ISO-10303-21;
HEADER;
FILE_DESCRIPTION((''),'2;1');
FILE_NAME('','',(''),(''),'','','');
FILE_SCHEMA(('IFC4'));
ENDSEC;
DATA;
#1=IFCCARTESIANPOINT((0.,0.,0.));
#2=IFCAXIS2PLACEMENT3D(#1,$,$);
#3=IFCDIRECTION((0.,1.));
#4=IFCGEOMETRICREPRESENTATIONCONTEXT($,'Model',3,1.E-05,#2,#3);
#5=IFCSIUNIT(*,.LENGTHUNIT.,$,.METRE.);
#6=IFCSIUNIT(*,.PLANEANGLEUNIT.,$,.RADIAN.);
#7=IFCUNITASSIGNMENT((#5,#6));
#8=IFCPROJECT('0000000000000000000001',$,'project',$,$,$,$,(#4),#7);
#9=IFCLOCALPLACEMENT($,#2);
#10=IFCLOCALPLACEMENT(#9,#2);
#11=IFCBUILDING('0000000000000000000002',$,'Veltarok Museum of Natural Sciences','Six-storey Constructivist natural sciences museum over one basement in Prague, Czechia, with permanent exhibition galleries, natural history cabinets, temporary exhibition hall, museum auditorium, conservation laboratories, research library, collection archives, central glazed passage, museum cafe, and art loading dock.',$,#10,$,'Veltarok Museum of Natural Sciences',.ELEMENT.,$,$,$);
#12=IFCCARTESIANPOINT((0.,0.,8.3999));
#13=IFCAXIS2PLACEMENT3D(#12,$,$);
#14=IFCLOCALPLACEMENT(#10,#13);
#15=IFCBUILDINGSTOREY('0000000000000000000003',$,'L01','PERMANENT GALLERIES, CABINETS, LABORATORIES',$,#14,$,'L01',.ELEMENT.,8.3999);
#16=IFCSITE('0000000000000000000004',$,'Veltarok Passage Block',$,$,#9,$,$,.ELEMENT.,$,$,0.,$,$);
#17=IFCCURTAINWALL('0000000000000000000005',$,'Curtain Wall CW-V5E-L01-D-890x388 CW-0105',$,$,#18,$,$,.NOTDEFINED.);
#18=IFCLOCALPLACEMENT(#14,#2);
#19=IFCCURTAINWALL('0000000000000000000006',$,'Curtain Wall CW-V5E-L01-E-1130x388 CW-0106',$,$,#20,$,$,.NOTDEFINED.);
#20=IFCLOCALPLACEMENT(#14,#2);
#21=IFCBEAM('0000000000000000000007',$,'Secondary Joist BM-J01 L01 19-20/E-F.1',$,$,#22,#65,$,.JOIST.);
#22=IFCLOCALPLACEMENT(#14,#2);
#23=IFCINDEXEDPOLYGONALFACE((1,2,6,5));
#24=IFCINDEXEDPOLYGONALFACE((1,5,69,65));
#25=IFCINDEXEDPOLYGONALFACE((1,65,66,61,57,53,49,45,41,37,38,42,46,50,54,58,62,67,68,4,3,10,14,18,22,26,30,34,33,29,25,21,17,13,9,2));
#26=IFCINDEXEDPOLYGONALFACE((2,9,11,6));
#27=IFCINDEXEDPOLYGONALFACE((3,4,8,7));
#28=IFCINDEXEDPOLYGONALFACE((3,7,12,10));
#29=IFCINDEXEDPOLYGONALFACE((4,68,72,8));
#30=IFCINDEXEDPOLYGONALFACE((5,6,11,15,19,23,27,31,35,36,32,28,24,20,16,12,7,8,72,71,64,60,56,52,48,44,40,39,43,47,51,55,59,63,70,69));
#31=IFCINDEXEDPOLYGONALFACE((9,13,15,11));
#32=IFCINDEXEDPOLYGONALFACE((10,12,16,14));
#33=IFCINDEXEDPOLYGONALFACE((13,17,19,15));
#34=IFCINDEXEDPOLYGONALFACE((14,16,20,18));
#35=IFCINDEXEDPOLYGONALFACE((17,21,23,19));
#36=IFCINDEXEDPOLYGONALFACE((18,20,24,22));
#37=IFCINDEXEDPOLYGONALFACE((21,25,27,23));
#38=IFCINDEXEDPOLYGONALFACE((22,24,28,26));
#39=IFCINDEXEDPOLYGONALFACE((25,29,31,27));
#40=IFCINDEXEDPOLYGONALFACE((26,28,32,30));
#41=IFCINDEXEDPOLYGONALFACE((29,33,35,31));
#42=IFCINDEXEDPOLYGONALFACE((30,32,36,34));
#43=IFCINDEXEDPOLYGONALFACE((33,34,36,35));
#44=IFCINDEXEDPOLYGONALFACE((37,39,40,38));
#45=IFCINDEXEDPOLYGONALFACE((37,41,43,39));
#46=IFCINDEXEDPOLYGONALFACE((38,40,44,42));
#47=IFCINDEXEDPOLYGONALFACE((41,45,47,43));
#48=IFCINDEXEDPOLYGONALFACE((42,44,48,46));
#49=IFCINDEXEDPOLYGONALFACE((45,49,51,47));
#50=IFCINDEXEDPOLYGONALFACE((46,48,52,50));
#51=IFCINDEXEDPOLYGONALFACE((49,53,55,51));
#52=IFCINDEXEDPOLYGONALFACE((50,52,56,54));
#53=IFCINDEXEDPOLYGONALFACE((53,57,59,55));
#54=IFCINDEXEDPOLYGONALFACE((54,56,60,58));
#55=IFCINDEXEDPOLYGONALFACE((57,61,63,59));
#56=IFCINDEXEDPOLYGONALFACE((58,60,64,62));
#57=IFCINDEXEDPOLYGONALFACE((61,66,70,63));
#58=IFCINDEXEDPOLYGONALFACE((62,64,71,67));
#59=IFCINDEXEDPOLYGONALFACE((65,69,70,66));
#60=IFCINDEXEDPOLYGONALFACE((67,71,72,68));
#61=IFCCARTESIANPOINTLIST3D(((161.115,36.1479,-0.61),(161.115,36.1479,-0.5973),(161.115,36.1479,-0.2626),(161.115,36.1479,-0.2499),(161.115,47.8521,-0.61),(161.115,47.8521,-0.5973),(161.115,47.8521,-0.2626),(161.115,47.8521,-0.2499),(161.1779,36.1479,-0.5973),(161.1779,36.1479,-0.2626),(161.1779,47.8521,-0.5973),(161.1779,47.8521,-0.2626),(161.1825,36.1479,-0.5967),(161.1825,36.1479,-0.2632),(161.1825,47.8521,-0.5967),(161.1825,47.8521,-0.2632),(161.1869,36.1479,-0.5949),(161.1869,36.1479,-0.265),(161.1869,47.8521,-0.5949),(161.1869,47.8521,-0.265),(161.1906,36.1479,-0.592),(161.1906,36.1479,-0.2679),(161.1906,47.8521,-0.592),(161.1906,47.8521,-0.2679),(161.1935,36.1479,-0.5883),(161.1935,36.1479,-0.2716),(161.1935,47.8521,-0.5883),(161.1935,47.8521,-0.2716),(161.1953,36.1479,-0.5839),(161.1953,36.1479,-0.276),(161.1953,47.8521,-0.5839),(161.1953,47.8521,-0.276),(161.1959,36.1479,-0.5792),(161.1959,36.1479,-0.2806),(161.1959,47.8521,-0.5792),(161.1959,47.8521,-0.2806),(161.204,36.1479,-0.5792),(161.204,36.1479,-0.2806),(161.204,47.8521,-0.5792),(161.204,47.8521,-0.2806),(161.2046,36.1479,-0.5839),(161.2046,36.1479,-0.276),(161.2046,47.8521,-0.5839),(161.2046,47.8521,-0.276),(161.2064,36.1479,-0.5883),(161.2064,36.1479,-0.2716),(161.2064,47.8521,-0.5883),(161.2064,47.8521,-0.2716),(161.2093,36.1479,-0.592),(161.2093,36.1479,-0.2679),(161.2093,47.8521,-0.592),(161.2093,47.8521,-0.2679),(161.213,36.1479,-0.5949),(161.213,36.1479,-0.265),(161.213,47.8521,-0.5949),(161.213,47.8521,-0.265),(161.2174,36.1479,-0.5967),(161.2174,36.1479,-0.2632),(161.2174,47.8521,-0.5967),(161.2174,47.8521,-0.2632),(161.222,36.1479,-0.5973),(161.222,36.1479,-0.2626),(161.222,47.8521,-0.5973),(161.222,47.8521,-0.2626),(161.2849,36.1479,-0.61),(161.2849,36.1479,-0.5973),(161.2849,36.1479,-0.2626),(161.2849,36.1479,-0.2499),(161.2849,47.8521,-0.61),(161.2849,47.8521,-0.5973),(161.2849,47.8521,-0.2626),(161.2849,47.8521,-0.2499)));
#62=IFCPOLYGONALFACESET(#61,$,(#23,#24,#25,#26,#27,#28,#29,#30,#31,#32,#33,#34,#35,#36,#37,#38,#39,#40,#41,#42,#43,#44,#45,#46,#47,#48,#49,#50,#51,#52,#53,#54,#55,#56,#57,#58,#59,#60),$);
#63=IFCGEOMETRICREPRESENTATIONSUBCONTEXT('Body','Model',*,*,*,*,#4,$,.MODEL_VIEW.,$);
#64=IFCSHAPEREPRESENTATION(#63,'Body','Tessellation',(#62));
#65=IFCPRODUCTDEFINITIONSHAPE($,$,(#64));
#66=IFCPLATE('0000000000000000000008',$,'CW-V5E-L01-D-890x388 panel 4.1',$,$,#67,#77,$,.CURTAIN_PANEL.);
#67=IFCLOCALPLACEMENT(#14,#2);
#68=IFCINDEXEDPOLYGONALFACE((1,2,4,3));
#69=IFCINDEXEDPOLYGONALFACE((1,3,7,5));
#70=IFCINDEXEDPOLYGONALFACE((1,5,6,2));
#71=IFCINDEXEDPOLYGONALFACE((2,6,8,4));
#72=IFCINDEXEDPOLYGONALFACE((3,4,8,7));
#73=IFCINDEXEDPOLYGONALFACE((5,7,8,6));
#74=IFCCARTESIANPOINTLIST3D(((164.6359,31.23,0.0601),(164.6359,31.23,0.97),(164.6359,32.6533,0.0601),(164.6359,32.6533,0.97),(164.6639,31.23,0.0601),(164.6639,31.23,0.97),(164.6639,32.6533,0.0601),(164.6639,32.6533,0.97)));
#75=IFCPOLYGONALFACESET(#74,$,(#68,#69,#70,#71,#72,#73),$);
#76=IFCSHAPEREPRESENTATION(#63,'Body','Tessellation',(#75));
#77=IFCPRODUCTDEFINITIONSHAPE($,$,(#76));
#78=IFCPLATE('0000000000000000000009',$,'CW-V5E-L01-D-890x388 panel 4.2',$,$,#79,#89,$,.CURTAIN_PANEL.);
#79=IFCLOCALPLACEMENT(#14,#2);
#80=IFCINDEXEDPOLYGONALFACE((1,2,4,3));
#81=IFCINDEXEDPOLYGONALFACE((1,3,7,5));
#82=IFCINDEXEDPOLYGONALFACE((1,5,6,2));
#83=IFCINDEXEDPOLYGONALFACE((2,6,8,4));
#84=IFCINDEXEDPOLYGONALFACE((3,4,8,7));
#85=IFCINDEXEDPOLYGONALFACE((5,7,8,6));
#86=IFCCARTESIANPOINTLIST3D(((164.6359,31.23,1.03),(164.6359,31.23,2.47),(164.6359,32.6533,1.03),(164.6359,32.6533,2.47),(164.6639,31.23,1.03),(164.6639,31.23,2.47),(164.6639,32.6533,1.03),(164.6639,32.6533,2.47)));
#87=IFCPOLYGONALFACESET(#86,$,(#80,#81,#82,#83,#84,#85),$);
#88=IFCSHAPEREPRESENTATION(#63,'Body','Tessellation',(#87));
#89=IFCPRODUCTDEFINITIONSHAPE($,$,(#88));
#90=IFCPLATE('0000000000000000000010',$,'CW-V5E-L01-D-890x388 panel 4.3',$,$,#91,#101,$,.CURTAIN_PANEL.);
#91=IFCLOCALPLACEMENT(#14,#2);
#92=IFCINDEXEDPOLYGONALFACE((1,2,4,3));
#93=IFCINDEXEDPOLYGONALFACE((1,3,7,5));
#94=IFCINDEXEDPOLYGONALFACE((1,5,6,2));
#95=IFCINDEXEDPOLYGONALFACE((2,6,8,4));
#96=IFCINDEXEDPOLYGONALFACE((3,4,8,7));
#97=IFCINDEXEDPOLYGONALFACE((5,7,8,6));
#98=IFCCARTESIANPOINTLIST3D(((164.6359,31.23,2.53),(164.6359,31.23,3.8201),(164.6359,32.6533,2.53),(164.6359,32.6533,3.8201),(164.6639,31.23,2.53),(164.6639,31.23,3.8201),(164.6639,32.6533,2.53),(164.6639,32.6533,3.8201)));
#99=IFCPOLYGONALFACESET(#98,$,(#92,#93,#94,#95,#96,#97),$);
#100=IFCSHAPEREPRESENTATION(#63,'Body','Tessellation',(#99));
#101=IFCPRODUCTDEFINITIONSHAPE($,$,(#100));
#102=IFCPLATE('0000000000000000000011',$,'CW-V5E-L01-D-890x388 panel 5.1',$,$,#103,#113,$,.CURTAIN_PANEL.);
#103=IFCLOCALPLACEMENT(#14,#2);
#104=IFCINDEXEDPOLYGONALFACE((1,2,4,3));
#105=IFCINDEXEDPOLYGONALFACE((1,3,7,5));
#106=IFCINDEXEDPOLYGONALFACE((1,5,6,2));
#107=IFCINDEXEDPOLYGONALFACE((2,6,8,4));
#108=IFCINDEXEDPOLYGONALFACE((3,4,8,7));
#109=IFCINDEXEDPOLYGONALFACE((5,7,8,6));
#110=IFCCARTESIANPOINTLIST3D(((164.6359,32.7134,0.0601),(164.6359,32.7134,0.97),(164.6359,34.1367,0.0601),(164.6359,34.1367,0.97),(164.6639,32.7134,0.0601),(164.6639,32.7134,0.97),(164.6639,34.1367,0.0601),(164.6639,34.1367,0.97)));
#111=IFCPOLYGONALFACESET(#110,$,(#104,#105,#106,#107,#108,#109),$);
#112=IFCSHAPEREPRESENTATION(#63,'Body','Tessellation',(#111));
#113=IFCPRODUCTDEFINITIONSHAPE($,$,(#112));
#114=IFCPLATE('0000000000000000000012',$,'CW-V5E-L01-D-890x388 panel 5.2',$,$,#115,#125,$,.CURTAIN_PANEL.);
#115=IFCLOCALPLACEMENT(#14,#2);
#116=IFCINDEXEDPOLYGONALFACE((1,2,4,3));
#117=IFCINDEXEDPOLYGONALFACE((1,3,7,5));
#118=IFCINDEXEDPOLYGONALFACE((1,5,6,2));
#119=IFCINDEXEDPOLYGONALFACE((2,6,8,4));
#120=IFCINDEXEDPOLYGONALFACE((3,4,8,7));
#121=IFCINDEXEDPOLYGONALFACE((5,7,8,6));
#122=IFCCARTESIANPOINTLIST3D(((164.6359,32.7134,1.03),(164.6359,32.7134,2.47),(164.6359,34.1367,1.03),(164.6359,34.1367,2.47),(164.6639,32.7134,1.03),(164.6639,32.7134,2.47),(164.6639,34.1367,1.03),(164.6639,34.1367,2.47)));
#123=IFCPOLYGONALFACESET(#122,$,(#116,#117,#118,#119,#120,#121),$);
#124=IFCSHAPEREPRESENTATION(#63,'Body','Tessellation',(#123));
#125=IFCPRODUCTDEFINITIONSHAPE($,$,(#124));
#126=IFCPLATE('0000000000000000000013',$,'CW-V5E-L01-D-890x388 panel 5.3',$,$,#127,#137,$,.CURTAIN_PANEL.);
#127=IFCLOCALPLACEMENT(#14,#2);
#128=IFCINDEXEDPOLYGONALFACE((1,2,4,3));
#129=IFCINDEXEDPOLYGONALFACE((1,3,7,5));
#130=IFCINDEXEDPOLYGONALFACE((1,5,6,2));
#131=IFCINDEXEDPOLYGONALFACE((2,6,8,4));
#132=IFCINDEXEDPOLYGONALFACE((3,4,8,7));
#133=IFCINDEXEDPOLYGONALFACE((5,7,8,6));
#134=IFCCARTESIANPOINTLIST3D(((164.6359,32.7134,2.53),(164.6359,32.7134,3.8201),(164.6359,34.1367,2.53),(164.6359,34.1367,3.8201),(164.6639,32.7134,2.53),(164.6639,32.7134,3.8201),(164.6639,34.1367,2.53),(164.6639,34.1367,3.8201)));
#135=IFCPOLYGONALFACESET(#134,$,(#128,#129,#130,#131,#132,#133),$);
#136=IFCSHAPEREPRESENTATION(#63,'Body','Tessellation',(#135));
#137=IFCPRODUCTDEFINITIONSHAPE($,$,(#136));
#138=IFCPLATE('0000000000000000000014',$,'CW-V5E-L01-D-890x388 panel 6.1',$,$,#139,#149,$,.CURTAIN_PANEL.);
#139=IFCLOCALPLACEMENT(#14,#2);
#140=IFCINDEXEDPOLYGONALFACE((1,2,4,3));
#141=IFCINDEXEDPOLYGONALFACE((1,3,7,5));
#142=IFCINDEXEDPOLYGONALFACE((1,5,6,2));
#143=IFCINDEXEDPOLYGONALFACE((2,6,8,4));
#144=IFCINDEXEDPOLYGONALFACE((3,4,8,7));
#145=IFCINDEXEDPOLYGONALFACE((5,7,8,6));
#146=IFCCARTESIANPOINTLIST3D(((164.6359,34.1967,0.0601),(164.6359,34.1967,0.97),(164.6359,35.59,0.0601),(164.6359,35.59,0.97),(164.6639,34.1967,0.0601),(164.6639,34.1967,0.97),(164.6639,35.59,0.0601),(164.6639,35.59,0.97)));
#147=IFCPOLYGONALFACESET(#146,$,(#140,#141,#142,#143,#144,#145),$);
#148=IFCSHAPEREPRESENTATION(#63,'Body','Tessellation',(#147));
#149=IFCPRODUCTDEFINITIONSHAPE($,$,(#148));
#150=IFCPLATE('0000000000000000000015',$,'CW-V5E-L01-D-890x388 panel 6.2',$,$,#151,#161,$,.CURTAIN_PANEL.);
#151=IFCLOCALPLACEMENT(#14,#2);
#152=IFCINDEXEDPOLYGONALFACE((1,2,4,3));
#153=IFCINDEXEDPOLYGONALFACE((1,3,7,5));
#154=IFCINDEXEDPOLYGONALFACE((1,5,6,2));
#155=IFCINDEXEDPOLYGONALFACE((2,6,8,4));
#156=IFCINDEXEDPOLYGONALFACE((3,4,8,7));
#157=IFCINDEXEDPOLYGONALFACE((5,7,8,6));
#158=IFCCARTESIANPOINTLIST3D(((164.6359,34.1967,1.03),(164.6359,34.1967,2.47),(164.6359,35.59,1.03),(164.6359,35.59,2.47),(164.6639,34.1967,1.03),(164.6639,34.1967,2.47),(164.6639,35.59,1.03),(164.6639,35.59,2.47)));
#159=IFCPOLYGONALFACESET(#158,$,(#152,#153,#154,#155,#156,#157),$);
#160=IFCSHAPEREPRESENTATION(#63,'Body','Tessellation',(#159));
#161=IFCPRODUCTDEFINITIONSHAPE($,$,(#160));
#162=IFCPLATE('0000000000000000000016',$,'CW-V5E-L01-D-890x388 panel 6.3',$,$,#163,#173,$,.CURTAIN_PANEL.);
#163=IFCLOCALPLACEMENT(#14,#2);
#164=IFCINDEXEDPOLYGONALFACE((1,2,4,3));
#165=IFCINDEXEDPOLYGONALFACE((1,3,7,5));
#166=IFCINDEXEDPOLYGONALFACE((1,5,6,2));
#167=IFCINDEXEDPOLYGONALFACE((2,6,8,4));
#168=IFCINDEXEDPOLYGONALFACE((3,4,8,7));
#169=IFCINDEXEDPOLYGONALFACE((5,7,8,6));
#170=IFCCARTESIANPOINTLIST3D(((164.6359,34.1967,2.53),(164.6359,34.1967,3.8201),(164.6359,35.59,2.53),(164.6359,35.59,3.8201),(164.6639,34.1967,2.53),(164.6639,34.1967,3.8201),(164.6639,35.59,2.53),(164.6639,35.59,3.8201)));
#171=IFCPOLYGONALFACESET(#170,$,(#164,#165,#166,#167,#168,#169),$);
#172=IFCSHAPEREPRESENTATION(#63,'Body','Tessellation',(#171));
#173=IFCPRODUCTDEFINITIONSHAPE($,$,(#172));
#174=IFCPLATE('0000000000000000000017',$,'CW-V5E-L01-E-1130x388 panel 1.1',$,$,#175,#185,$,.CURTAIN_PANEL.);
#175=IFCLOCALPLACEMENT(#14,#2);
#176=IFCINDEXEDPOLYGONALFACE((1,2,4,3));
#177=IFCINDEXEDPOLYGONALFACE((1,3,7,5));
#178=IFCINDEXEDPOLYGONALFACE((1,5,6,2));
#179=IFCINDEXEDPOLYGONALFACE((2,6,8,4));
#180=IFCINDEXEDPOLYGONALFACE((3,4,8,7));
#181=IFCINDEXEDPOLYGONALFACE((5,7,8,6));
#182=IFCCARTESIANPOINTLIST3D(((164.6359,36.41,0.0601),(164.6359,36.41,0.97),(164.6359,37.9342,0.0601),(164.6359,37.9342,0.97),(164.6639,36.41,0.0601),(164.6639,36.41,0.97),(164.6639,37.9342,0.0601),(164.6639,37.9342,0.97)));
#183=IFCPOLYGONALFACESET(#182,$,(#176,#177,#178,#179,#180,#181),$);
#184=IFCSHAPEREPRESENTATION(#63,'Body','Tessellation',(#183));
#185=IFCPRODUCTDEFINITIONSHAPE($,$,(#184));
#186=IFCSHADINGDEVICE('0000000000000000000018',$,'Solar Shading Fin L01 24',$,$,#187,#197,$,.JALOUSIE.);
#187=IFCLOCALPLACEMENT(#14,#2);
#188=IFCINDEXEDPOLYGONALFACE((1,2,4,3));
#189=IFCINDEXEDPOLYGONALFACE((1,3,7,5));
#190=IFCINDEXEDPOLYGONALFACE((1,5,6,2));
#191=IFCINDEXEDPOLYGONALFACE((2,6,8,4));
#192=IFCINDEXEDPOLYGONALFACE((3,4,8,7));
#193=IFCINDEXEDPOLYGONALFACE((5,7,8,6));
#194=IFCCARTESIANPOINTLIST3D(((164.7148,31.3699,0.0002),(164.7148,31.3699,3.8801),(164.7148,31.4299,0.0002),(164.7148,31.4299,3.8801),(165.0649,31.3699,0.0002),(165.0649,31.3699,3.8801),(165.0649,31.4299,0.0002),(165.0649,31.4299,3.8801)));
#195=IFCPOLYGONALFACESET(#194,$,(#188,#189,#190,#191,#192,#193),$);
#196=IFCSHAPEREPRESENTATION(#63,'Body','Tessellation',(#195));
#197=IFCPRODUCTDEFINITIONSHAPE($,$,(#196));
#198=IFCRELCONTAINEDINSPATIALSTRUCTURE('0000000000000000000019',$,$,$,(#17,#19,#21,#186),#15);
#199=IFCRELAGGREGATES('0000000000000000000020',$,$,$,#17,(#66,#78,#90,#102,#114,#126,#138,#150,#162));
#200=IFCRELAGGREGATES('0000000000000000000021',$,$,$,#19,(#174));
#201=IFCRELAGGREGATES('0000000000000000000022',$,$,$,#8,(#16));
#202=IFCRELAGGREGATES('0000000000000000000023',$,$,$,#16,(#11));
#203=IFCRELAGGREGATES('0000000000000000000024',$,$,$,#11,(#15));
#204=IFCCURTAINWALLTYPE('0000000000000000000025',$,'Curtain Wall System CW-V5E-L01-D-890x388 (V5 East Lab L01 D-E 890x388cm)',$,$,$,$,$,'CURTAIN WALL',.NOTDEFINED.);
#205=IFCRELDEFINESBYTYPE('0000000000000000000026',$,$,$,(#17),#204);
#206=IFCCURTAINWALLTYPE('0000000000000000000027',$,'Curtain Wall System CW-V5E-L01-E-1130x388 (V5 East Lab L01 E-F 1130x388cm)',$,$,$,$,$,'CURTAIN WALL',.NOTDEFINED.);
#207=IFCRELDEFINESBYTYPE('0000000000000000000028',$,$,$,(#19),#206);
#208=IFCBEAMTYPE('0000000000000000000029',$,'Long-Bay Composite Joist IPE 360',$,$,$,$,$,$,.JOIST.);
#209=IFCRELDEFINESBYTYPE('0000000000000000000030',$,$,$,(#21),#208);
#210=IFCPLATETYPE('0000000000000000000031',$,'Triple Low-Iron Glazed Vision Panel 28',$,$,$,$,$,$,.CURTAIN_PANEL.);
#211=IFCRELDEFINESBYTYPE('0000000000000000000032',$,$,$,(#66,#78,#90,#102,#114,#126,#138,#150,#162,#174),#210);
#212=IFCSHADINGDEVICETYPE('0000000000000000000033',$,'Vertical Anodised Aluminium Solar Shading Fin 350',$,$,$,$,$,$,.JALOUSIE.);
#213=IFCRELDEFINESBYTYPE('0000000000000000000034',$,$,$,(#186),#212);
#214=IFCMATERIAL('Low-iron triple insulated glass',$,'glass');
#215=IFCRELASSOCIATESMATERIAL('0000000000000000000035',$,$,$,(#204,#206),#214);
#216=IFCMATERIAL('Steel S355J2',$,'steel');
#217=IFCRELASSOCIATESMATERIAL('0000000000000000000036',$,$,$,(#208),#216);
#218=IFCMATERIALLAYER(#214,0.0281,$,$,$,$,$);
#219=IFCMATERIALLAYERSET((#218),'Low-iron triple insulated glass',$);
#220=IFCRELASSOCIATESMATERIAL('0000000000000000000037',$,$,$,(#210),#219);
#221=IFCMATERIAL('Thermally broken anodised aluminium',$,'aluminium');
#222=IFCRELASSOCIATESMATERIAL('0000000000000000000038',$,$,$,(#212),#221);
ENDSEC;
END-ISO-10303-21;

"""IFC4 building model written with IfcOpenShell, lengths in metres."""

from ifc_helpers import new_model, si_unit, direction, frame, origin, origin_2d, place, context, subcontext, project, spatial, rectangle, i_section, extrude, material, layer, layer_set, material_profile, profile_set, type_object, element, aggregate, save


model = new_model("IFC4")

# Units and contexts
model_context = context("Model", 3, precision=1e-05, world=origin(), true_north=direction((0.0, 1.0)))
body_context = subcontext(model_context, "Body", "Model", "MODEL_VIEW")
ifc_project = project(units=[si_unit("LENGTHUNIT", "METRE"), si_unit("PLANEANGLEUNIT", "RADIAN")], contexts=[model_context])

# Site, building, storey
site_placement = place(None, origin())
site = spatial("IfcSite", under=ifc_project, at=site_placement, Name="Veltarok Passage Block", CompositionType="ELEMENT", RefElevation=0.0)
building_placement = place(site_placement, origin())
building = spatial("IfcBuilding", under=site, at=building_placement, Name="Veltarok Museum of Natural Sciences", Description="Six-storey Constructivist natural sciences museum over one basement in Prague, Czechia, with permanent exhibition galleries, natural history cabinets, temporary exhibition hall, museum auditorium, conservation laboratories, research library, collection archives, central glazed passage, museum cafe, and art loading dock.", LongName="Veltarok Museum of Natural Sciences", CompositionType="ELEMENT")
storey_placement = place(building_placement, frame((0.0, 0.0, 8.3999)))
storey = spatial("IfcBuildingStorey", under=building, at=storey_placement, Name="L01", Description="PERMANENT GALLERIES, CABINETS, LABORATORIES", LongName="L01", CompositionType="ELEMENT", Elevation=8.3999)

# Shared definitions
ifc_material_1 = material(Name="Steel S355J2", Category="steel")

# Curtain walls
ifc_material_2 = material(Name="Low-iron triple insulated glass", Category="glass")
curtain_wall_type_1 = type_object("IfcCurtainWallType", Name="Curtain Wall System CW-V5E-L01-D-890x388 (V5 East Lab L01 D-E 890x388cm)", ElementType="CURTAIN WALL", PredefinedType="NOTDEFINED", material=ifc_material_2)
curtain_wall_1_placement = place(storey_placement, origin())
curtain_wall_1 = element("IfcCurtainWall", 1, at=curtain_wall_1_placement, inside=storey, type_object=curtain_wall_type_1, Name="Curtain Wall CW-V5E-L01-D-890x388 CW-0105", PredefinedType="NOTDEFINED")
ifc_material_3 = material(Name="Thermally broken anodised aluminium", Category="aluminium")
curtain_wall_type_2 = type_object("IfcCurtainWallType", Name="Curtain Wall System CW-V5E-L01-E-1130x388 (V5 East Lab L01 E-F 1130x388cm)", ElementType="CURTAIN WALL", PredefinedType="NOTDEFINED", material=ifc_material_2)
curtain_wall_2_placement = place(storey_placement, origin())
curtain_wall_2 = element("IfcCurtainWall", 2, at=curtain_wall_2_placement, inside=storey, type_object=curtain_wall_type_2, Name="Curtain Wall CW-V5E-L01-E-1130x388 CW-0106", PredefinedType="NOTDEFINED")

# Beam
ifc_material_profile_1 = material_profile(ifc_material_1, i_section(OverallWidth=0.1699, OverallDepth=0.3601, WebThickness=0.0081, FlangeThickness=0.0127, FilletRadius=0.0181, at=origin_2d()), Name="IPE 360")
ifc_profile_set_1 = profile_set([ifc_material_profile_1], Name="Steel S355J2")
beam_type_1 = type_object("IfcBeamType", Name="Long-Bay Composite Joist IPE 360", PredefinedType="JOIST", material=ifc_profile_set_1)
beam_1_placement = place(storey_placement, frame((161.2, 36.1479, -0.4299), z_axis=(0.0, 1.0, 0.0), x_axis=(-1.0, 0.0, 0.0)))
element("IfcBeam", 3, at=beam_1_placement, inside=storey, type_object=beam_type_1, Name="Secondary Joist BM-J01 L01 19-20/E-F.1", PredefinedType="JOIST", context=body_context, shape_type="SweptSolid", body=[
    extrude(i_section(OverallWidth=0.1699, OverallDepth=0.3601, WebThickness=0.0081, FlangeThickness=0.0127, FilletRadius=0.0181, at=origin_2d()), origin(), (0.0, 0.0, 1.0), 11.7041),
])

# Plates
ifc_layer = layer(ifc_material_2, 0.0281)
ifc_layer_set = layer_set([ifc_layer], Name="Low-iron triple insulated glass")
plate_type = type_object("IfcPlateType", Name="Triple Low-Iron Glazed Vision Panel 28", PredefinedType="CURTAIN_PANEL", material=ifc_layer_set)
plate_1_placement = place(storey_placement, frame((164.6499, 31.9417, 0.0601), z_axis=(0.0, 0.0, 1.0), x_axis=(0.0, 1.0, 0.0)))
plate_1 = element("IfcPlate", 4, at=plate_1_placement, type_object=plate_type, Name="CW-V5E-L01-D-890x388 panel 4.1", PredefinedType="CURTAIN_PANEL", context=body_context, shape_type="SweptSolid", body=[
    extrude(rectangle(XDim=1.4233, YDim=0.0281, at=origin_2d()), origin(), (0.0, 0.0, 1.0), 0.9099),
])
plate_2_placement = place(storey_placement, frame((164.6499, 31.9417, 1.03), z_axis=(0.0, 0.0, 1.0), x_axis=(0.0, 1.0, 0.0)))
plate_2 = element("IfcPlate", 5, at=plate_2_placement, type_object=plate_type, Name="CW-V5E-L01-D-890x388 panel 4.2", PredefinedType="CURTAIN_PANEL", context=body_context, shape_type="SweptSolid", body=[
    extrude(rectangle(XDim=1.4233, YDim=0.0281, at=origin_2d()), origin(), (0.0, 0.0, 1.0), 1.4399),
])
plate_3_placement = place(storey_placement, frame((164.6499, 31.9417, 2.53), z_axis=(0.0, 0.0, 1.0), x_axis=(0.0, 1.0, 0.0)))
plate_3 = element("IfcPlate", 6, at=plate_3_placement, type_object=plate_type, Name="CW-V5E-L01-D-890x388 panel 4.3", PredefinedType="CURTAIN_PANEL", context=body_context, shape_type="SweptSolid", body=[
    extrude(rectangle(XDim=1.4233, YDim=0.0281, at=origin_2d()), origin(), (0.0, 0.0, 1.0), 1.29),
])
plate_4_placement = place(storey_placement, frame((164.6499, 33.425, 0.0601), z_axis=(0.0, 0.0, 1.0), x_axis=(0.0, 1.0, 0.0)))
plate_4 = element("IfcPlate", 7, at=plate_4_placement, type_object=plate_type, Name="CW-V5E-L01-D-890x388 panel 5.1", PredefinedType="CURTAIN_PANEL", context=body_context, shape_type="SweptSolid", body=[
    extrude(rectangle(XDim=1.4233, YDim=0.0281, at=origin_2d()), origin(), (0.0, 0.0, 1.0), 0.9099),
])
plate_5_placement = place(storey_placement, frame((164.6499, 33.425, 1.03), z_axis=(0.0, 0.0, 1.0), x_axis=(0.0, 1.0, 0.0)))
plate_5 = element("IfcPlate", 8, at=plate_5_placement, type_object=plate_type, Name="CW-V5E-L01-D-890x388 panel 5.2", PredefinedType="CURTAIN_PANEL", context=body_context, shape_type="SweptSolid", body=[
    extrude(rectangle(XDim=1.4233, YDim=0.0281, at=origin_2d()), origin(), (0.0, 0.0, 1.0), 1.4399),
])
plate_6_placement = place(storey_placement, frame((164.6499, 33.425, 2.53), z_axis=(0.0, 0.0, 1.0), x_axis=(0.0, 1.0, 0.0)))
plate_6 = element("IfcPlate", 9, at=plate_6_placement, type_object=plate_type, Name="CW-V5E-L01-D-890x388 panel 5.3", PredefinedType="CURTAIN_PANEL", context=body_context, shape_type="SweptSolid", body=[
    extrude(rectangle(XDim=1.4233, YDim=0.0281, at=origin_2d()), origin(), (0.0, 0.0, 1.0), 1.29),
])
plate_7_placement = place(storey_placement, frame((164.6499, 34.8933, 0.0601), z_axis=(0.0, 0.0, 1.0), x_axis=(0.0, 1.0, 0.0)))
plate_7 = element("IfcPlate", 10, at=plate_7_placement, type_object=plate_type, Name="CW-V5E-L01-D-890x388 panel 6.1", PredefinedType="CURTAIN_PANEL", context=body_context, shape_type="SweptSolid", body=[
    extrude(rectangle(XDim=1.3933, YDim=0.0281, at=origin_2d()), origin(), (0.0, 0.0, 1.0), 0.9099),
])
plate_8_placement = place(storey_placement, frame((164.6499, 34.8933, 1.03), z_axis=(0.0, 0.0, 1.0), x_axis=(0.0, 1.0, 0.0)))
plate_8 = element("IfcPlate", 11, at=plate_8_placement, type_object=plate_type, Name="CW-V5E-L01-D-890x388 panel 6.2", PredefinedType="CURTAIN_PANEL", context=body_context, shape_type="SweptSolid", body=[
    extrude(rectangle(XDim=1.3933, YDim=0.0281, at=origin_2d()), origin(), (0.0, 0.0, 1.0), 1.4399),
])
plate_9_placement = place(storey_placement, frame((164.6499, 34.8933, 2.53), z_axis=(0.0, 0.0, 1.0), x_axis=(0.0, 1.0, 0.0)))
plate_9 = element("IfcPlate", 12, at=plate_9_placement, type_object=plate_type, Name="CW-V5E-L01-D-890x388 panel 6.3", PredefinedType="CURTAIN_PANEL", context=body_context, shape_type="SweptSolid", body=[
    extrude(rectangle(XDim=1.3933, YDim=0.0281, at=origin_2d()), origin(), (0.0, 0.0, 1.0), 1.29),
])
aggregate(curtain_wall_1, [plate_1, plate_2, plate_3, plate_4, plate_5, plate_6, plate_7, plate_8, plate_9])
plate_10_placement = place(storey_placement, frame((164.6499, 37.1721, 0.0601), z_axis=(0.0, 0.0, 1.0), x_axis=(0.0, 1.0, 0.0)))
plate_10 = element("IfcPlate", 13, at=plate_10_placement, type_object=plate_type, Name="CW-V5E-L01-E-1130x388 panel 1.1", PredefinedType="CURTAIN_PANEL", context=body_context, shape_type="SweptSolid", body=[
    extrude(rectangle(XDim=1.5242, YDim=0.0281, at=origin_2d()), origin(), (0.0, 0.0, 1.0), 0.9099),
])
aggregate(curtain_wall_2, [plate_10])

# Shading device
shading_device_type = type_object("IfcShadingDeviceType", Name="Vertical Anodised Aluminium Solar Shading Fin 350", PredefinedType="JALOUSIE", material=ifc_material_3)
shading_device_placement = place(storey_placement, frame((164.8899, 31.3999, 0.0002), z_axis=(0.0, 0.0, 1.0), x_axis=(1.0, 0.0, 0.0)))
element("IfcShadingDevice", 14, at=shading_device_placement, inside=storey, type_object=shading_device_type, Name="Solar Shading Fin L01 24", PredefinedType="JALOUSIE", context=body_context, shape_type="SweptSolid", body=[
    extrude(rectangle(XDim=0.3501, YDim=0.0601, at=origin_2d()), origin(), (0.0, 0.0, 1.0), 3.8799),
])

save(model, "model.ifc")
